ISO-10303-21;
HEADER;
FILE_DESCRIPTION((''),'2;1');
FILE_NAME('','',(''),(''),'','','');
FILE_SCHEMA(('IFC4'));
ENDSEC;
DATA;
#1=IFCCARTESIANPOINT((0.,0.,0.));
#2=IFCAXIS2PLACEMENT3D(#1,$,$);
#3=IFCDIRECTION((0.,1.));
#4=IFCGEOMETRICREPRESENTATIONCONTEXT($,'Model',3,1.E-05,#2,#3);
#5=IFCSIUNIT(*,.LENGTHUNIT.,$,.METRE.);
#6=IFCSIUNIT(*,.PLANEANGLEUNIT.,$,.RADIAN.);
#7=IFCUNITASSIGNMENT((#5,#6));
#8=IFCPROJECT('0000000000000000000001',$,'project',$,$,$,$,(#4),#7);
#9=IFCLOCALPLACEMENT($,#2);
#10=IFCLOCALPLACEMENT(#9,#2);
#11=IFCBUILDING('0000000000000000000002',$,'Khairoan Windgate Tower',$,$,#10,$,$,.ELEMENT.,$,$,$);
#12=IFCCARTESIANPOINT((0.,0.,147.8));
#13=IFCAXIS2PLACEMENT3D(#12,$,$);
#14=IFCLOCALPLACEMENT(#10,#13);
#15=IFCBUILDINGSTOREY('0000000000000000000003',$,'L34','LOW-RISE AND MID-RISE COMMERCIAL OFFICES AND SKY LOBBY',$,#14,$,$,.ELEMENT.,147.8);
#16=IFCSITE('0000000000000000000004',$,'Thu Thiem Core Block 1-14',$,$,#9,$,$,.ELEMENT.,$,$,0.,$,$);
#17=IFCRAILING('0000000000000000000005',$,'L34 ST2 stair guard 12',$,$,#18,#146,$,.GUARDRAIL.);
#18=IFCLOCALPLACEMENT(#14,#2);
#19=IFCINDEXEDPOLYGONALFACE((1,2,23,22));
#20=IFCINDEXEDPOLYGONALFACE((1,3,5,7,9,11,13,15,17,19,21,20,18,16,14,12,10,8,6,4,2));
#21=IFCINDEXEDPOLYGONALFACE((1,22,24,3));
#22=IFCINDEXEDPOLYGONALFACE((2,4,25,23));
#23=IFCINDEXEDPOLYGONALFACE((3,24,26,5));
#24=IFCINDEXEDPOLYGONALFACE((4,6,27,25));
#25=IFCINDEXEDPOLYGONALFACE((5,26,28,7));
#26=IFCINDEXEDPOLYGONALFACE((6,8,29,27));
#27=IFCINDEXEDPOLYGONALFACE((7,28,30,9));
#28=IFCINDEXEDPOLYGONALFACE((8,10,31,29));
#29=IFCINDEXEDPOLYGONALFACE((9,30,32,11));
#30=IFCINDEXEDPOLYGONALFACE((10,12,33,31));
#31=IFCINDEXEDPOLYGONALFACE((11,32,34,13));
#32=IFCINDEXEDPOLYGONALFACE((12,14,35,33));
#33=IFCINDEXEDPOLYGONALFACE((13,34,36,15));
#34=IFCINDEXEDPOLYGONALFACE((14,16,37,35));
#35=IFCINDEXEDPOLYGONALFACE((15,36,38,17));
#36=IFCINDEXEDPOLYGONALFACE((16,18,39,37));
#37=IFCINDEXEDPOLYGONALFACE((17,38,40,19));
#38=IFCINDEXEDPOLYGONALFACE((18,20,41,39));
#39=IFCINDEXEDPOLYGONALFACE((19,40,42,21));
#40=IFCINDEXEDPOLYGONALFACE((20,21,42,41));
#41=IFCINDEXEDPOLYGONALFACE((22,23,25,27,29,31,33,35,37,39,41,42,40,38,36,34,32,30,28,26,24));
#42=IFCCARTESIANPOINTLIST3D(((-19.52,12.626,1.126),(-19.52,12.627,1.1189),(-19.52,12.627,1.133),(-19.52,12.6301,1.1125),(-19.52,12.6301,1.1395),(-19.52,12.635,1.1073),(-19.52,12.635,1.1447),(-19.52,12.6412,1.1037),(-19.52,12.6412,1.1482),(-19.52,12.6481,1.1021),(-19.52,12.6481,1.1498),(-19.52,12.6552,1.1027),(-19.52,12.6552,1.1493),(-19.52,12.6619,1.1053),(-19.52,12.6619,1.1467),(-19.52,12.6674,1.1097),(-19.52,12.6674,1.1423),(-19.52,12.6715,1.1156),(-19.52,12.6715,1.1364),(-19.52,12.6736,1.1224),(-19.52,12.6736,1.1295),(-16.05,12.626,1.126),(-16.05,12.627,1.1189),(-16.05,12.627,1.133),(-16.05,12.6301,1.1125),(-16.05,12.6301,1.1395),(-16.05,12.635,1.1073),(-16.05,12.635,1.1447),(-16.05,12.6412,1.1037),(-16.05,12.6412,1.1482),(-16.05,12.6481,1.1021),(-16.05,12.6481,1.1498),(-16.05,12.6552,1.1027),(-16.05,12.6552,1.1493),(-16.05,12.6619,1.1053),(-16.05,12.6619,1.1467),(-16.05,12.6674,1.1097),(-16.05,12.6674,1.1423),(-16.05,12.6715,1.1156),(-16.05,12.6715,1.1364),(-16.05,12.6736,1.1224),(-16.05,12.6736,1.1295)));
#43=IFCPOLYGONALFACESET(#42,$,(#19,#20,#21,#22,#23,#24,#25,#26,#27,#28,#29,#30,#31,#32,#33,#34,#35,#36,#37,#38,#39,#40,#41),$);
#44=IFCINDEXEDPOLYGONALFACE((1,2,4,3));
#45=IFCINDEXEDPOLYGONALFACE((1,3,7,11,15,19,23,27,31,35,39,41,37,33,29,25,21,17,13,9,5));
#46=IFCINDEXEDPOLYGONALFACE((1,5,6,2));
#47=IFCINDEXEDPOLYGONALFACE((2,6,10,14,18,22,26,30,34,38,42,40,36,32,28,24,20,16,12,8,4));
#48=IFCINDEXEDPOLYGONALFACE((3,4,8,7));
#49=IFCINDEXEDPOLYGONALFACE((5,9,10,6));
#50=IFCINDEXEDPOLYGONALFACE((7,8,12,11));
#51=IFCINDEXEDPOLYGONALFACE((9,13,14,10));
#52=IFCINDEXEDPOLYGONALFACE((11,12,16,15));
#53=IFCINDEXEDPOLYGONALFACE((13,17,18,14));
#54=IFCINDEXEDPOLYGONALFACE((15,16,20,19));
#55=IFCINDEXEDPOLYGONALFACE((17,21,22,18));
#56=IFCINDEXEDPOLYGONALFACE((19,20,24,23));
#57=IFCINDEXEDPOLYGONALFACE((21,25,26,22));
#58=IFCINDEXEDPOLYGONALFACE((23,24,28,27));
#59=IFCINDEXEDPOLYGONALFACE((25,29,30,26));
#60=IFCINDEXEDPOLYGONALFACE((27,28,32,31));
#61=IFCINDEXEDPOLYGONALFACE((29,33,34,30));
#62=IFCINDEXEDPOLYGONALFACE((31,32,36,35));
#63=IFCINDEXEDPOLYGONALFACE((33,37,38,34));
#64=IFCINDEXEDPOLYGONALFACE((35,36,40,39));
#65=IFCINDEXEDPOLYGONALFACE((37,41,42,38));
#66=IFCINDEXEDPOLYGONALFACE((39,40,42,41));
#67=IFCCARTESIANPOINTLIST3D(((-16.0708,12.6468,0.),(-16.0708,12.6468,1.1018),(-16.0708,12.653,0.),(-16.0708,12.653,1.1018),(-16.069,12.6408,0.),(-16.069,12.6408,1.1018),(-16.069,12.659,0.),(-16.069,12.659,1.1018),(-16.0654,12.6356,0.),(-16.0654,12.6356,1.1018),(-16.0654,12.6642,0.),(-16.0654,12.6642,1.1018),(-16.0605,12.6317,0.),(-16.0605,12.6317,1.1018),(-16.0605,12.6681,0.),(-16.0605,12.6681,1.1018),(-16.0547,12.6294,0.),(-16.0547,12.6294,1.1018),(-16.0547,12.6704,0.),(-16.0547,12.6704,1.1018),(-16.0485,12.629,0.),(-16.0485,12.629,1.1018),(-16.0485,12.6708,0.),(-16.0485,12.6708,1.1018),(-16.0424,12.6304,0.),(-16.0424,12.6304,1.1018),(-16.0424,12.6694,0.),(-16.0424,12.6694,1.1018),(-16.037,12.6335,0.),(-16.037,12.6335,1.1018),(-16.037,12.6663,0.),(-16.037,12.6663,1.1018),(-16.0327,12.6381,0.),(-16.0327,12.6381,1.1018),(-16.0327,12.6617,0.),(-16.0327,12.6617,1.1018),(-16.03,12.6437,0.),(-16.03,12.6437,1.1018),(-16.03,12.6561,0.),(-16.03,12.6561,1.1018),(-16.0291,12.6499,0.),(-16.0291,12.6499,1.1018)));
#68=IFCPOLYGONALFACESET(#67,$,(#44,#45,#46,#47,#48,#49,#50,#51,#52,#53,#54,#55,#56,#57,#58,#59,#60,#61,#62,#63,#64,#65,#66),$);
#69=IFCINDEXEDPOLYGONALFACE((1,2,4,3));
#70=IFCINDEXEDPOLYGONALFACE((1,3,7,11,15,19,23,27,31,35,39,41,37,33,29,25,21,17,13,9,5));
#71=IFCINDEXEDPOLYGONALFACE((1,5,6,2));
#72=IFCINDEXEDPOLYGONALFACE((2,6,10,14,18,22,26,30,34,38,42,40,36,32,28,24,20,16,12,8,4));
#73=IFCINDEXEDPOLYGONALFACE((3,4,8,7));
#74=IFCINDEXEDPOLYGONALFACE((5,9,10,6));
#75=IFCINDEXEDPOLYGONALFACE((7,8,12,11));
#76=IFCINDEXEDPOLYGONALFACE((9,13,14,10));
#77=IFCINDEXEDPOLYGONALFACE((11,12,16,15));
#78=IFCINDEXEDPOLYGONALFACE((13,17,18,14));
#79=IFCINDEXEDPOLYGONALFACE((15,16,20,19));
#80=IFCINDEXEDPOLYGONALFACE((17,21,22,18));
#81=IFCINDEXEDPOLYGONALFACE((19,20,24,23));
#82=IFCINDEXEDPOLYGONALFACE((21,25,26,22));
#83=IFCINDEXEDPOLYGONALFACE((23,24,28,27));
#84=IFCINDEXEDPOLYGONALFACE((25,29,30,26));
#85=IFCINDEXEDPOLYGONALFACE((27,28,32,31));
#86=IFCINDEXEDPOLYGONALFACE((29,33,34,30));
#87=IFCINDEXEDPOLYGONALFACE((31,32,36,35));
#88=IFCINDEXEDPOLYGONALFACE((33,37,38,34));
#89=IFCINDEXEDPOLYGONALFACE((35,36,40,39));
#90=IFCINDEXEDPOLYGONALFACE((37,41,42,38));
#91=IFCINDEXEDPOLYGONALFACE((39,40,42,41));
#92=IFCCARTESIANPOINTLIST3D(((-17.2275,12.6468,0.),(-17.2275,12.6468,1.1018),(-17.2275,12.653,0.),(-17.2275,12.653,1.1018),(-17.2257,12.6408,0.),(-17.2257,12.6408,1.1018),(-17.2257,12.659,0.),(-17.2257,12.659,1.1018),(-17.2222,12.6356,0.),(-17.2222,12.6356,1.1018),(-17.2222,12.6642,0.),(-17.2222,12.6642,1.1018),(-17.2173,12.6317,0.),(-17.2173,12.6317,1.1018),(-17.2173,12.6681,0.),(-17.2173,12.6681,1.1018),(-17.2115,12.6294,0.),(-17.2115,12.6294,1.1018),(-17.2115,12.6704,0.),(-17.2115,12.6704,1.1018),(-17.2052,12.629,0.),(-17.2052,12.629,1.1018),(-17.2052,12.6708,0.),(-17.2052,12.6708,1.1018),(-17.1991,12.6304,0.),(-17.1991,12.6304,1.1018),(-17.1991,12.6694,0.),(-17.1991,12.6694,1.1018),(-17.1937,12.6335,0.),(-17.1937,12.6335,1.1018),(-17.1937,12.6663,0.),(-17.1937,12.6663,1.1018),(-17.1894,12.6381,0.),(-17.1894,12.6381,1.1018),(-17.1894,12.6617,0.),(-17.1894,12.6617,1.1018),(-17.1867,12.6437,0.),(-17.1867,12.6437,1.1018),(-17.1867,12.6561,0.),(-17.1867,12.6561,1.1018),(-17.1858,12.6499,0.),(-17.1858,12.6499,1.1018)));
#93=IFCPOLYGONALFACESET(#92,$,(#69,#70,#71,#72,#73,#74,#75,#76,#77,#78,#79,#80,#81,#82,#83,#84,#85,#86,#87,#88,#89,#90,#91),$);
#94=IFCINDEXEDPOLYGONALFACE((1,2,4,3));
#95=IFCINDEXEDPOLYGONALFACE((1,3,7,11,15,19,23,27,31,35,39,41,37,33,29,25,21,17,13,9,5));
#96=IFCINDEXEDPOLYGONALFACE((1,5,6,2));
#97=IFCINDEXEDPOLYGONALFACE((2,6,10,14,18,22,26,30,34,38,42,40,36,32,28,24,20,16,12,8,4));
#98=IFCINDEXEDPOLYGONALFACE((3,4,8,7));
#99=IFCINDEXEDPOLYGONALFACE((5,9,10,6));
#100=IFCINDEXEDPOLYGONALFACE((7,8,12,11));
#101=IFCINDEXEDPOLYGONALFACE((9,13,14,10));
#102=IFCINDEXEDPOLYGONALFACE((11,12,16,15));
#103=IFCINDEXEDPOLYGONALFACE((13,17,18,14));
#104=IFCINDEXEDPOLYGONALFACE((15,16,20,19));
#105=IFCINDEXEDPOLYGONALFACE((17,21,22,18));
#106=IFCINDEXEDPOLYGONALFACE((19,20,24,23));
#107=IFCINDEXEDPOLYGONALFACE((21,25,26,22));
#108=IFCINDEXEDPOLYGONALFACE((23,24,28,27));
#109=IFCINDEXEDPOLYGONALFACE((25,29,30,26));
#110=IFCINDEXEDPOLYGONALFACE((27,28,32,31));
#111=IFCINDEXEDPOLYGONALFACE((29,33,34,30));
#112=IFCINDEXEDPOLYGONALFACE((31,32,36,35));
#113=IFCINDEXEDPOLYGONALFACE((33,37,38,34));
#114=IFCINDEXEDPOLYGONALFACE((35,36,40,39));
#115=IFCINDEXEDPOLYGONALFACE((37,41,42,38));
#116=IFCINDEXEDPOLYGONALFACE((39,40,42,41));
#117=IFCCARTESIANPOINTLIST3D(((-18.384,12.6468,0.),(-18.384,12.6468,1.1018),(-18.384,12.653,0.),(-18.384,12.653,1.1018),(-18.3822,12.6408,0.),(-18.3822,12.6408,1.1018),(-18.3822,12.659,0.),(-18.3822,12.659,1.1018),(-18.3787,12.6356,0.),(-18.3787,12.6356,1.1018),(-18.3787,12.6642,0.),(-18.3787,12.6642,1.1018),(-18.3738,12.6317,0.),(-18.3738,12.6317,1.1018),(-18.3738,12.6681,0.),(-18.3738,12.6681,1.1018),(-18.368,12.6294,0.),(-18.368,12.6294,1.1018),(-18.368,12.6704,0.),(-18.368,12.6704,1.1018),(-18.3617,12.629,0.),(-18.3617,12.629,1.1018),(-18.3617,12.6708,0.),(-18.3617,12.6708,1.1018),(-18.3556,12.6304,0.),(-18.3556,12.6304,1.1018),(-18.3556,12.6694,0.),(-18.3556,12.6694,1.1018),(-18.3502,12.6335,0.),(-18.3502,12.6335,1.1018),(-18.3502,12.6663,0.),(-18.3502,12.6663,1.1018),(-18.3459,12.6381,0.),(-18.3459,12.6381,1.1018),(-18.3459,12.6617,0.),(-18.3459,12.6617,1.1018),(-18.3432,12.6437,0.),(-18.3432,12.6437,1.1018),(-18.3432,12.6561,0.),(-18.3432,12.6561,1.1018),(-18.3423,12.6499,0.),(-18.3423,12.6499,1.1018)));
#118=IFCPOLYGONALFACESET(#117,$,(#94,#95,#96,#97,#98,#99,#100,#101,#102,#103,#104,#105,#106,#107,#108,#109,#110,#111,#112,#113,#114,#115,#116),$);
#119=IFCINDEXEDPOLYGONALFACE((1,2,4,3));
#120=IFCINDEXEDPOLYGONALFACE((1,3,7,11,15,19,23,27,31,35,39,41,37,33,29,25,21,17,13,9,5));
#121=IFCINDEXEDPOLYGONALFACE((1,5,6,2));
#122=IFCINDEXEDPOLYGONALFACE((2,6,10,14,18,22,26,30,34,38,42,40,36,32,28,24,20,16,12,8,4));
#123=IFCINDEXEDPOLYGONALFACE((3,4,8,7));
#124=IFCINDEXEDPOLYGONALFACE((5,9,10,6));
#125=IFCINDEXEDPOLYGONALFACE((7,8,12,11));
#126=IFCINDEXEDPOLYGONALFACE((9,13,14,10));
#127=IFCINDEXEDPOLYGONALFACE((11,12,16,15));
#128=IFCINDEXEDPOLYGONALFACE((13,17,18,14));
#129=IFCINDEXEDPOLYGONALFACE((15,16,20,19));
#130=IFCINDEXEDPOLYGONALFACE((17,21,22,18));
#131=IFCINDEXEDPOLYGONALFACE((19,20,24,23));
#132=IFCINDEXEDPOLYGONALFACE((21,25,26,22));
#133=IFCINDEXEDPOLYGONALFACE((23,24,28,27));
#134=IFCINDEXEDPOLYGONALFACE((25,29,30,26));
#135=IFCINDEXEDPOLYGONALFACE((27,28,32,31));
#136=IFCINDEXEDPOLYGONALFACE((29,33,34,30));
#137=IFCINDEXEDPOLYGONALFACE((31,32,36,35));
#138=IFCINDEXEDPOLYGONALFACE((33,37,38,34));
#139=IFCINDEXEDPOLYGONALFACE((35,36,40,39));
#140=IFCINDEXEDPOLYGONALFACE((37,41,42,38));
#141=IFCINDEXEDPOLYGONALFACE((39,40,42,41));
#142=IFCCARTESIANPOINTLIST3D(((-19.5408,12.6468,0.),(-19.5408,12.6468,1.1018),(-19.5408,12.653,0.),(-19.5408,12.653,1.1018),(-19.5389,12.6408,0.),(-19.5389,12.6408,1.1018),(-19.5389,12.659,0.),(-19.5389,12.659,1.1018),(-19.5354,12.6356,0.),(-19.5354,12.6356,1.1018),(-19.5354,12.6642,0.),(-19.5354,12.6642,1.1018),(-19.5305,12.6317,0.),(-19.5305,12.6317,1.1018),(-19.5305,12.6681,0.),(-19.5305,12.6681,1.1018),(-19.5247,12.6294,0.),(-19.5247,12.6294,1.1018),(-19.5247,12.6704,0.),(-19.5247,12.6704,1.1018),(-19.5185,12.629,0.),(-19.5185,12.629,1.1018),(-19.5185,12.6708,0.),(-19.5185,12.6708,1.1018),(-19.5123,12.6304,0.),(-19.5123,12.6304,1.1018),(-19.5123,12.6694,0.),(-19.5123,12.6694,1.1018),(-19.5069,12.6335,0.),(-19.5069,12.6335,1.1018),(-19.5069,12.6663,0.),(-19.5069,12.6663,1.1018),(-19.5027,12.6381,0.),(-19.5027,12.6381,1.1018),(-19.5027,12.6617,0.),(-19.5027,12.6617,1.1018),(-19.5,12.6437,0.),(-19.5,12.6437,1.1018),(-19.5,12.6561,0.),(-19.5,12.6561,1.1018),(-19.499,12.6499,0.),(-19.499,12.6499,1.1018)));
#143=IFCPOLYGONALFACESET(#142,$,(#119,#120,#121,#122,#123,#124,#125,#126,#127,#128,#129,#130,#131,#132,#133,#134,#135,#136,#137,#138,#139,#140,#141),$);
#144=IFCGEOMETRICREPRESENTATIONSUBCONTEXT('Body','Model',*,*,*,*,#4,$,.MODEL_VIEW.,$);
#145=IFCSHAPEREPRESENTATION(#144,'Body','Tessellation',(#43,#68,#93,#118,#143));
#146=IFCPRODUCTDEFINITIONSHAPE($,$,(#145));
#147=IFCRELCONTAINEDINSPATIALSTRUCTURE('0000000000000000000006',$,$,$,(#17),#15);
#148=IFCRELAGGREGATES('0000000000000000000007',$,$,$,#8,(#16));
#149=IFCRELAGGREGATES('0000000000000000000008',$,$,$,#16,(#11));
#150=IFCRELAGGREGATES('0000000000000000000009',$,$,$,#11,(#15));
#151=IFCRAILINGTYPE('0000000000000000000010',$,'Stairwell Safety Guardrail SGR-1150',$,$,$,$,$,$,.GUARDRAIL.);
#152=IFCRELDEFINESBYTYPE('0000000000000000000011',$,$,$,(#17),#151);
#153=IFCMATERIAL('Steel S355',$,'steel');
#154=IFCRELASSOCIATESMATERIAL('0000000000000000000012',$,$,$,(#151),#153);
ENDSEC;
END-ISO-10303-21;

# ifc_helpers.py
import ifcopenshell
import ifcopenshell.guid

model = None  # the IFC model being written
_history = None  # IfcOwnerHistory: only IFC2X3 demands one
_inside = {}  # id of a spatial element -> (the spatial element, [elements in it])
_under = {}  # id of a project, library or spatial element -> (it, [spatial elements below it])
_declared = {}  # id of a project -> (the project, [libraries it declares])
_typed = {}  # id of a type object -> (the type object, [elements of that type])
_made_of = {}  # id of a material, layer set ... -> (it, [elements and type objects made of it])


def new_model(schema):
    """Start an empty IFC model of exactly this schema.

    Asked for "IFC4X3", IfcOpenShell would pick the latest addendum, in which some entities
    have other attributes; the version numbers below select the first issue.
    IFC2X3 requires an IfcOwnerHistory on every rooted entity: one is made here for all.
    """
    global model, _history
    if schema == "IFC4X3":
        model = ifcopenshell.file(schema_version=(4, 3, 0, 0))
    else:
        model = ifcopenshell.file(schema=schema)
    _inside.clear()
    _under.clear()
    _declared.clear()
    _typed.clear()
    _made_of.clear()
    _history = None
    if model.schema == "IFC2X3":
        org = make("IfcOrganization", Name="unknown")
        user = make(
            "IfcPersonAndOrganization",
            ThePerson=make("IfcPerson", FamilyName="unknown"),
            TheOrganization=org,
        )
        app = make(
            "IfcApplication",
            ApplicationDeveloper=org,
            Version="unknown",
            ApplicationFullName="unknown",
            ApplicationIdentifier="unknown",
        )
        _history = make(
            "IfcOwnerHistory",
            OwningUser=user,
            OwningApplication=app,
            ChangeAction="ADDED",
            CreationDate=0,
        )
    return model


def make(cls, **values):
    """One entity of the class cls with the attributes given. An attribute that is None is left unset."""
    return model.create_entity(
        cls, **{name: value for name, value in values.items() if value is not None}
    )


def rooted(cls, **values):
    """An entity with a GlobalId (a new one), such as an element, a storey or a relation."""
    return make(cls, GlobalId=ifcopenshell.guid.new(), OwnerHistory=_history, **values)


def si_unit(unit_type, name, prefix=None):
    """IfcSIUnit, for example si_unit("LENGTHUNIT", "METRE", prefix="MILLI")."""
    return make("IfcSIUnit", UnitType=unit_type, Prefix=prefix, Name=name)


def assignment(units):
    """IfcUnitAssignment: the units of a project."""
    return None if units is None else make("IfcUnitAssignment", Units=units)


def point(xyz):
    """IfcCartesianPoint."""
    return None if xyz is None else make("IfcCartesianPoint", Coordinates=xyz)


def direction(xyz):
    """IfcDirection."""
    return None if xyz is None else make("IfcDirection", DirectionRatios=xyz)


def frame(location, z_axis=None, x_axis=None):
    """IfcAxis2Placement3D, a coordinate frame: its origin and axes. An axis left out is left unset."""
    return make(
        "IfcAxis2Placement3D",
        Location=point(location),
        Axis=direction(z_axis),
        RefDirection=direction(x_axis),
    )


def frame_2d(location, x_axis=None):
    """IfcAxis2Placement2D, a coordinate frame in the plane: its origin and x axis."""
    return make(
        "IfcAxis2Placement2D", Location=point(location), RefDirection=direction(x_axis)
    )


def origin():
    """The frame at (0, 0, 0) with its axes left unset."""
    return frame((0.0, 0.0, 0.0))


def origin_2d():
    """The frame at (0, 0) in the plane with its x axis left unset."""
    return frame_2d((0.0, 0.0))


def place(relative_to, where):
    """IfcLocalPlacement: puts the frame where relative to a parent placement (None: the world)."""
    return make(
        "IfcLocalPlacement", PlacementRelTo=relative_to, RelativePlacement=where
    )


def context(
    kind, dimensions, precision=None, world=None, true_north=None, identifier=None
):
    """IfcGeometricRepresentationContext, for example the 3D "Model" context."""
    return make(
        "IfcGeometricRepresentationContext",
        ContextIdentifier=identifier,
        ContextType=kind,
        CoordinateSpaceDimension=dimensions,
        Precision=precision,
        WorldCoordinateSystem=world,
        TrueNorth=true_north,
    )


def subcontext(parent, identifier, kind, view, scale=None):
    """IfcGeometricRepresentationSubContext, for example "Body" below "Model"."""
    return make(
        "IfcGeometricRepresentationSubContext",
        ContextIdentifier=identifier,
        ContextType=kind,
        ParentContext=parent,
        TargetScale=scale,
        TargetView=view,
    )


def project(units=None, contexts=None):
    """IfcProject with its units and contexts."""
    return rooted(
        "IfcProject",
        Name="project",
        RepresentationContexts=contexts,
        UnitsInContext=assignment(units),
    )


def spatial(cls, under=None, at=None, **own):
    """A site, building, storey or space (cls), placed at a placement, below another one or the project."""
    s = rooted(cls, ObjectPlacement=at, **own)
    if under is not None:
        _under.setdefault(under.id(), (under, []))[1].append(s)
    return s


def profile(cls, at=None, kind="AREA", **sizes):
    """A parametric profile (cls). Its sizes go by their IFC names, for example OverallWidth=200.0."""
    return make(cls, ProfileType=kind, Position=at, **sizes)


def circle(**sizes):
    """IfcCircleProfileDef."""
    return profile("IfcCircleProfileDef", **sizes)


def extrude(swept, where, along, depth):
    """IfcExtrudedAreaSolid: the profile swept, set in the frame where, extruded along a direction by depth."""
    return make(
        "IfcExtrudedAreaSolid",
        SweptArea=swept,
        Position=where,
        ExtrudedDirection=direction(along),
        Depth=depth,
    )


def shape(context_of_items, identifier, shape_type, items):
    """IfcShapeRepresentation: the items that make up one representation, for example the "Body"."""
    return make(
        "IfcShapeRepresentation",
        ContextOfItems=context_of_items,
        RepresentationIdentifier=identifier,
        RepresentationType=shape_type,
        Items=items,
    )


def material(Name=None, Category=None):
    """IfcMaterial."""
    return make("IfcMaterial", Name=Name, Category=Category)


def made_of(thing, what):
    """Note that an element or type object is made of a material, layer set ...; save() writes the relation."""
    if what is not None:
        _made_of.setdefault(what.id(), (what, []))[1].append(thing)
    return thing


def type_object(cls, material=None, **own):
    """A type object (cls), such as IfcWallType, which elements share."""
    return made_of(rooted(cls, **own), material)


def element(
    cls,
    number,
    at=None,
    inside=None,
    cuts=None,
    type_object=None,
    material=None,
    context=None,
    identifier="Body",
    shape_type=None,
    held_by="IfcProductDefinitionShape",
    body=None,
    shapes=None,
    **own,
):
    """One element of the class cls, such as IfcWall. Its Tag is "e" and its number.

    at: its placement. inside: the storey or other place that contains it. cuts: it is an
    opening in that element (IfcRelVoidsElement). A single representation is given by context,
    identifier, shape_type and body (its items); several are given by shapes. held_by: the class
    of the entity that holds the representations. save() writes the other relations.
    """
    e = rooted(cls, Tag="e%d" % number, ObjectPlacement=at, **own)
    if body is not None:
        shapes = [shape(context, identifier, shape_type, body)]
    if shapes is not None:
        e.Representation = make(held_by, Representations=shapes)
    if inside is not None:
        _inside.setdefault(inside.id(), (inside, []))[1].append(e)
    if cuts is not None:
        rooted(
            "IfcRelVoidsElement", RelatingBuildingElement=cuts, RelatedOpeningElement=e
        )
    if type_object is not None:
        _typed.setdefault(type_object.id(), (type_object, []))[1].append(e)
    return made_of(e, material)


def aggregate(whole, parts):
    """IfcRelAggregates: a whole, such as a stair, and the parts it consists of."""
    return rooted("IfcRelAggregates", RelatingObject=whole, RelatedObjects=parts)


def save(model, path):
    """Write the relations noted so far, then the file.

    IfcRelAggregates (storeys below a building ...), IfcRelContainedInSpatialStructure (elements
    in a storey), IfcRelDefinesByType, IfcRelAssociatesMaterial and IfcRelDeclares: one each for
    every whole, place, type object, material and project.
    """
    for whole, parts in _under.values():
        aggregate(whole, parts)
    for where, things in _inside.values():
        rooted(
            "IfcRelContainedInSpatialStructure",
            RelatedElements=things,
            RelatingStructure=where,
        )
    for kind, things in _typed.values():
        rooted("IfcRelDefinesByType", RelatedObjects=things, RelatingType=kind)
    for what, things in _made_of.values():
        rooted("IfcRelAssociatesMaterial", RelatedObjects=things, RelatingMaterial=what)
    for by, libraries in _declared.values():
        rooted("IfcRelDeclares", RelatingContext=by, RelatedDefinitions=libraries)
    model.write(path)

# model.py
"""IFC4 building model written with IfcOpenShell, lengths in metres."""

from ifc_helpers import new_model, si_unit, direction, frame, origin, origin_2d, place, context, subcontext, project, spatial, circle, extrude, material, type_object, element, save


model = new_model("IFC4")

# Units and contexts
model_context = context("Model", 3, precision=1e-05, world=origin(), true_north=direction((0.0, 1.0)))
body_context = subcontext(model_context, "Body", "Model", "MODEL_VIEW")
ifc_project = project(units=[si_unit("LENGTHUNIT", "METRE"), si_unit("PLANEANGLEUNIT", "RADIAN")], contexts=[model_context])

# Site, building, storey
site_placement = place(None, origin())
site = spatial("IfcSite", under=ifc_project, at=site_placement, Name="Thu Thiem Core Block 1-14", CompositionType="ELEMENT", RefElevation=0.0)
building_placement = place(site_placement, origin())
building = spatial("IfcBuilding", under=site, at=building_placement, Name="Khairoan Windgate Tower", CompositionType="ELEMENT")
storey_placement = place(building_placement, frame((0.0, 0.0, 147.8)))
storey = spatial("IfcBuildingStorey", under=building, at=storey_placement, Name="L34", Description="LOW-RISE AND MID-RISE COMMERCIAL OFFICES AND SKY LOBBY", CompositionType="ELEMENT", Elevation=147.8)

# Railing
ifc_material_1 = material(Name="Steel S355", Category="steel")
railing_type = type_object("IfcRailingType", Name="Stairwell Safety Guardrail SGR-1150", PredefinedType="GUARDRAIL", material=ifc_material_1)
railing_1_placement = place(storey_placement, frame((-16.05, 12.6499, 0.0)))
element("IfcRailing", 1, at=railing_1_placement, inside=storey, type_object=railing_type, Name="L34 ST2 stair guard 12", PredefinedType="GUARDRAIL", context=body_context, shape_type="SweptSolid", body=[
    extrude(circle(Radius=0.0239, at=origin_2d()), frame((0.0, 0.0, 1.126), z_axis=(-1.0, 0.0, 0.0), x_axis=(0.0, -1.0, 0.0)), (0.0, 0.0, 1.0), 3.47),
    extrude(circle(Radius=0.021, at=origin_2d()), origin(), (0.0, 0.0, 1.0), 1.1018),
    extrude(circle(Radius=0.021, at=origin_2d()), frame((-1.1567, 0.0, 0.0)), (0.0, 0.0, 1.0), 1.1018),
    extrude(circle(Radius=0.021, at=origin_2d()), frame((-2.3132, 0.0, 0.0)), (0.0, 0.0, 1.0), 1.1018),
    extrude(circle(Radius=0.021, at=origin_2d()), frame((-3.47, 0.0, 0.0)), (0.0, 0.0, 1.0), 1.1018),
])

save(model, "model.ifc")
